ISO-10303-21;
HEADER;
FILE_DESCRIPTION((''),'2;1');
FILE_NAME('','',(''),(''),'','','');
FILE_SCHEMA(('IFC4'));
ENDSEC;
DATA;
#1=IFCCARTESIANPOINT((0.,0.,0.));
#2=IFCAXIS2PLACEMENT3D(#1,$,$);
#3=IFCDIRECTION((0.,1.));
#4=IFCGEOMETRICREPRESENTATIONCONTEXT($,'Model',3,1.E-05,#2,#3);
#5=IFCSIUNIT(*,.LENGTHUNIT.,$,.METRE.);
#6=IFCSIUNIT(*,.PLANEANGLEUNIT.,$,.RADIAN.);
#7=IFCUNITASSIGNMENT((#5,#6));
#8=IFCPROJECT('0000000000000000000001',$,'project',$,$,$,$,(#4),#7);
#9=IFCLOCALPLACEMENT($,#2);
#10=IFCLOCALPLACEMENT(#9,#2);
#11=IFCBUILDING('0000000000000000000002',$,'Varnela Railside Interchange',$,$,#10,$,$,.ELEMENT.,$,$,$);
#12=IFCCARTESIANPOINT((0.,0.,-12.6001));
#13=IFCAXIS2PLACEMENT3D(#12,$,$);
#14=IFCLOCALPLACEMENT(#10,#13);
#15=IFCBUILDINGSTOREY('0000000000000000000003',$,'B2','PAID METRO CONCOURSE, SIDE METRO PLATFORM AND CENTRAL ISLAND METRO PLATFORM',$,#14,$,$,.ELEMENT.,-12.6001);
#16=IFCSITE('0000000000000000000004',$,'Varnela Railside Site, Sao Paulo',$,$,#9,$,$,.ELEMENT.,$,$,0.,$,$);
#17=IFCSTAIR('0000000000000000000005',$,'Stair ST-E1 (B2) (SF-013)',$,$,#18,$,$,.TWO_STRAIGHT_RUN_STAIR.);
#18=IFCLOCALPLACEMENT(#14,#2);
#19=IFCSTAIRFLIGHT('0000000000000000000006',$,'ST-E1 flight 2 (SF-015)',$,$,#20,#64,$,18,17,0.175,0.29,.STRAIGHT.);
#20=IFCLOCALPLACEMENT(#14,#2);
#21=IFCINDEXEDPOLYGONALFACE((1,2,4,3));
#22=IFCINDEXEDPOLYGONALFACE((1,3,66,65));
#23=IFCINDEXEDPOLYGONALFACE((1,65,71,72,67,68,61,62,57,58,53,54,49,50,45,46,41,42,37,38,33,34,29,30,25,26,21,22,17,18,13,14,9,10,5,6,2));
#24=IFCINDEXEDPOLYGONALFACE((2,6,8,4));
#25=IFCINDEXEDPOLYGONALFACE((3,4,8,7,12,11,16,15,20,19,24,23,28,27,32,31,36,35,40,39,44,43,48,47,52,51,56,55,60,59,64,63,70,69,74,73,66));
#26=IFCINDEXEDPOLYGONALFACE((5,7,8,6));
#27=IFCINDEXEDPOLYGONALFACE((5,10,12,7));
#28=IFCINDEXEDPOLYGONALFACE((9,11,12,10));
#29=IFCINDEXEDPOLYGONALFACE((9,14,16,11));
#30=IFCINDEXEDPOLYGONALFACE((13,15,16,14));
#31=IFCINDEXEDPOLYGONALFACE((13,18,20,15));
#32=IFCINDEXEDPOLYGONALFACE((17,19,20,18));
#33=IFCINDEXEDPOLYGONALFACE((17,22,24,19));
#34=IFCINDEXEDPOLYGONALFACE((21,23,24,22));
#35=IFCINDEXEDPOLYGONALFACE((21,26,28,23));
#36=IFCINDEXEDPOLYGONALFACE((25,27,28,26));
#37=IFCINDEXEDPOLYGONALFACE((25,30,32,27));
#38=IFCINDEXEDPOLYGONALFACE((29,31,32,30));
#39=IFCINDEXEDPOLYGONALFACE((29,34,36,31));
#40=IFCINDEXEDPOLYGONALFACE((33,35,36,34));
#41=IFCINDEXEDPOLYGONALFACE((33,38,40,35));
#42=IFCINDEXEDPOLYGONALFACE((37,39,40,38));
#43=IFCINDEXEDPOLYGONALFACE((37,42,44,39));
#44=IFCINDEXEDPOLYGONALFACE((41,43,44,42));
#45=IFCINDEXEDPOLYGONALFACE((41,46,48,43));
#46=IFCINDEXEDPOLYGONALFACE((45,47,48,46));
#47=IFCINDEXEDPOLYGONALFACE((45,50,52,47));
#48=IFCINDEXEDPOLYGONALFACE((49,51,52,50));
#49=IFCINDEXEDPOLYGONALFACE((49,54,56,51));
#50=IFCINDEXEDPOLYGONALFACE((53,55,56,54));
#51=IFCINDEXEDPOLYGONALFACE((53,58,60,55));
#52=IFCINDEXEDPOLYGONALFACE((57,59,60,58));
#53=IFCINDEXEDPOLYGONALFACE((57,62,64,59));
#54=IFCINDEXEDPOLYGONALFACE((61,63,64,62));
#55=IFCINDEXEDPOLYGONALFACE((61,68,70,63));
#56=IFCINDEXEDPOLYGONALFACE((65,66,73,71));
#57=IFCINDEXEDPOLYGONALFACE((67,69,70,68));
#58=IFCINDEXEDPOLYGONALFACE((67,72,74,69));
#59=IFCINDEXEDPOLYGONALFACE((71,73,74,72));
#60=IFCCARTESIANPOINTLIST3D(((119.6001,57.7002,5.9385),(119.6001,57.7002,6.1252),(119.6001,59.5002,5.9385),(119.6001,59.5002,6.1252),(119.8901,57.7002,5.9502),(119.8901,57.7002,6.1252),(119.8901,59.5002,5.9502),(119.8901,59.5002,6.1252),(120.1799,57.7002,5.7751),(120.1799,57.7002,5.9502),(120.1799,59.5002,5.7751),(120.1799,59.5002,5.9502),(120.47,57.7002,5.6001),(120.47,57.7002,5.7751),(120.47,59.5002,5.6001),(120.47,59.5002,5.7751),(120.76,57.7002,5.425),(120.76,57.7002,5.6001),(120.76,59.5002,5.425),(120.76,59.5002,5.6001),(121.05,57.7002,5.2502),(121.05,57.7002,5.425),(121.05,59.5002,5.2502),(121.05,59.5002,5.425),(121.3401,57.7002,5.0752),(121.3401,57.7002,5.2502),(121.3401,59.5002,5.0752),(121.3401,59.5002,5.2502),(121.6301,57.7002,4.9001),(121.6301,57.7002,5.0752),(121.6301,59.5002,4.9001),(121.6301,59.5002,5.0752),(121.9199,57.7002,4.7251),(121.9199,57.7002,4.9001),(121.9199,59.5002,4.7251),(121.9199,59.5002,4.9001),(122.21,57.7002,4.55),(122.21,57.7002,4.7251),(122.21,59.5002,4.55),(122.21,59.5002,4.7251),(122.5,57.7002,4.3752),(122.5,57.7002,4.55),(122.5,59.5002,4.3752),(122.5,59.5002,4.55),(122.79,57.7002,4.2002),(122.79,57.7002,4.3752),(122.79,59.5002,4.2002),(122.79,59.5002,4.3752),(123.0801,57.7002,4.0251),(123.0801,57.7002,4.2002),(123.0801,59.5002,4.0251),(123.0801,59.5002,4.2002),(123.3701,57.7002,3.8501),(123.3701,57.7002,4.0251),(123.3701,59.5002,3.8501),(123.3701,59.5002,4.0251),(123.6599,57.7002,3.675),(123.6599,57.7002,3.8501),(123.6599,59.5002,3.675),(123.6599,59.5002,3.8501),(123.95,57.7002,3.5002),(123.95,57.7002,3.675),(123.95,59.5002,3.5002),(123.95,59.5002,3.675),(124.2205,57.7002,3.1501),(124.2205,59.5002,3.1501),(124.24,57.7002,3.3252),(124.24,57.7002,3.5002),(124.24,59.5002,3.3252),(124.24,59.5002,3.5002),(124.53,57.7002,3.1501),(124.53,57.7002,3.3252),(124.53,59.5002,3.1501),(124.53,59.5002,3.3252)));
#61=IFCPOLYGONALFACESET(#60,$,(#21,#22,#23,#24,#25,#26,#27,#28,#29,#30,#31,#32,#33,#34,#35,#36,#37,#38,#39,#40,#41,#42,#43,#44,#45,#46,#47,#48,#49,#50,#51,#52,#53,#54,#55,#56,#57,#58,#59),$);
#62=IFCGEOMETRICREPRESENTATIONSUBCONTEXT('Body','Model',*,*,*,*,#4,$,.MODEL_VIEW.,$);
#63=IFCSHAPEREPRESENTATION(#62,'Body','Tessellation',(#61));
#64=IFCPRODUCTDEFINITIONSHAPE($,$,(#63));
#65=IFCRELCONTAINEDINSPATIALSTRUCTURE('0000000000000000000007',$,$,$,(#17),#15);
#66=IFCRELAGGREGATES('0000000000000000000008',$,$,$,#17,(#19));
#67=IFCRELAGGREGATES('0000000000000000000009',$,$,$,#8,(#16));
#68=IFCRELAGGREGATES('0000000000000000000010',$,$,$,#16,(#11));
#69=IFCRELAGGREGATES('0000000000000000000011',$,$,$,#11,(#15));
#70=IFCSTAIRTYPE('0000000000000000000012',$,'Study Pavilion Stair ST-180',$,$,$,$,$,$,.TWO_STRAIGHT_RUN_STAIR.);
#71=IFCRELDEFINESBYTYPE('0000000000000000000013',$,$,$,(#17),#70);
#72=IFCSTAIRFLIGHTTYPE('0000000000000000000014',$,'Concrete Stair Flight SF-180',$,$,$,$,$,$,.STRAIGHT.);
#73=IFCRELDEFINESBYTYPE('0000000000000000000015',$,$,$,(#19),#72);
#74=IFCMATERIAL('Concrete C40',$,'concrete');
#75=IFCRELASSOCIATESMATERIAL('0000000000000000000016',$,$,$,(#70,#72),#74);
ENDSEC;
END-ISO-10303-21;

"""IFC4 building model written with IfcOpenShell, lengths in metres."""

from ifc_helpers import new_model, si_unit, direction, frame, origin, place, context, subcontext, project, spatial, polyline, outline, extrude, material, type_object, element, aggregate, save


model = new_model("IFC4")

# Units and contexts
model_context = context("Model", 3, precision=1e-05, world=origin(), true_north=direction((0.0, 1.0)))
body_context = subcontext(model_context, "Body", "Model", "MODEL_VIEW")
ifc_project = project(units=[si_unit("LENGTHUNIT", "METRE"), si_unit("PLANEANGLEUNIT", "RADIAN")], contexts=[model_context])

# Site, building, storey
site_placement = place(None, origin())
site = spatial("IfcSite", under=ifc_project, at=site_placement, Name="Varnela Railside Site, Sao Paulo", CompositionType="ELEMENT", RefElevation=0.0)
building_placement = place(site_placement, origin())
building = spatial("IfcBuilding", under=site, at=building_placement, Name="Varnela Railside Interchange", CompositionType="ELEMENT")
storey_placement = place(building_placement, frame((0.0, 0.0, -12.6001)))
storey = spatial("IfcBuildingStorey", under=building, at=storey_placement, Name="B2", Description="PAID METRO CONCOURSE, SIDE METRO PLATFORM AND CENTRAL ISLAND METRO PLATFORM", CompositionType="ELEMENT", Elevation=-12.6001)

# Shared definitions
ifc_material_1 = material(Name="Concrete C40", Category="concrete")

# Stair, stair flight
stair_type = type_object("IfcStairType", Name="Study Pavilion Stair ST-180", PredefinedType="TWO_STRAIGHT_RUN_STAIR", material=ifc_material_1)
stair_placement = place(storey_placement, origin())
stair = element("IfcStair", 1, at=stair_placement, inside=storey, type_object=stair_type, Name="Stair ST-E1 (B2) (SF-013)", PredefinedType="TWO_STRAIGHT_RUN_STAIR")
stair_flight_type = type_object("IfcStairFlightType", Name="Concrete Stair Flight SF-180", PredefinedType="STRAIGHT", material=ifc_material_1)
stair_flight_placement = place(storey_placement, frame((124.53, 58.6001, 3.1501), z_axis=(0.0, 0.0, 1.0), x_axis=(-1.0, 0.0, 0.0)))
stair_flight = element("IfcStairFlight", 2, at=stair_flight_placement, type_object=stair_flight_type, Name="ST-E1 flight 2 (SF-015)", NumberOfRisers=18, NumberOfTreads=17, PredefinedType="STRAIGHT", RiserHeight=0.175, TreadLength=0.29, context=body_context, shape_type="SweptSolid", body=[
    extrude(outline(polyline([(0.0, 0.0), (0.0, 0.175), (0.29, 0.175), (0.29, 0.3501), (0.5801, 0.3501), (0.5801, 0.5249), (0.8701, 0.5249), (0.8701, 0.7), (1.1599, 0.7), (1.1599, 0.875), (1.45, 0.875), (1.45, 1.05), (1.74, 1.05), (1.74, 1.2251), (2.03, 1.2251), (2.03, 1.3999), (2.3201, 1.3999), (2.3201, 1.575), (2.6101, 1.575), (2.6101, 1.75), (2.8999, 1.75), (2.8999, 1.925), (3.1899, 1.925), (3.1899, 2.1001), (3.48, 2.1001), (3.48, 2.2749), (3.77, 2.2749), (3.77, 2.45), (4.0601, 2.45), (4.0601, 2.625), (4.3501, 2.625), (4.3501, 2.8), (4.6399, 2.8), (4.6399, 2.9751), (4.9299, 2.9751), (4.9299, 3.1499), (4.9299, 2.7883), (0.3096, 0.0), (0.0, 0.0)])), frame((0.0, 0.8999, 0.0), z_axis=(0.0, -1.0, 0.0), x_axis=(1.0, 0.0, 0.0)), (0.0, 0.0, 1.0), 1.8),
])
aggregate(stair, [stair_flight])

save(model, "model.ifc")
